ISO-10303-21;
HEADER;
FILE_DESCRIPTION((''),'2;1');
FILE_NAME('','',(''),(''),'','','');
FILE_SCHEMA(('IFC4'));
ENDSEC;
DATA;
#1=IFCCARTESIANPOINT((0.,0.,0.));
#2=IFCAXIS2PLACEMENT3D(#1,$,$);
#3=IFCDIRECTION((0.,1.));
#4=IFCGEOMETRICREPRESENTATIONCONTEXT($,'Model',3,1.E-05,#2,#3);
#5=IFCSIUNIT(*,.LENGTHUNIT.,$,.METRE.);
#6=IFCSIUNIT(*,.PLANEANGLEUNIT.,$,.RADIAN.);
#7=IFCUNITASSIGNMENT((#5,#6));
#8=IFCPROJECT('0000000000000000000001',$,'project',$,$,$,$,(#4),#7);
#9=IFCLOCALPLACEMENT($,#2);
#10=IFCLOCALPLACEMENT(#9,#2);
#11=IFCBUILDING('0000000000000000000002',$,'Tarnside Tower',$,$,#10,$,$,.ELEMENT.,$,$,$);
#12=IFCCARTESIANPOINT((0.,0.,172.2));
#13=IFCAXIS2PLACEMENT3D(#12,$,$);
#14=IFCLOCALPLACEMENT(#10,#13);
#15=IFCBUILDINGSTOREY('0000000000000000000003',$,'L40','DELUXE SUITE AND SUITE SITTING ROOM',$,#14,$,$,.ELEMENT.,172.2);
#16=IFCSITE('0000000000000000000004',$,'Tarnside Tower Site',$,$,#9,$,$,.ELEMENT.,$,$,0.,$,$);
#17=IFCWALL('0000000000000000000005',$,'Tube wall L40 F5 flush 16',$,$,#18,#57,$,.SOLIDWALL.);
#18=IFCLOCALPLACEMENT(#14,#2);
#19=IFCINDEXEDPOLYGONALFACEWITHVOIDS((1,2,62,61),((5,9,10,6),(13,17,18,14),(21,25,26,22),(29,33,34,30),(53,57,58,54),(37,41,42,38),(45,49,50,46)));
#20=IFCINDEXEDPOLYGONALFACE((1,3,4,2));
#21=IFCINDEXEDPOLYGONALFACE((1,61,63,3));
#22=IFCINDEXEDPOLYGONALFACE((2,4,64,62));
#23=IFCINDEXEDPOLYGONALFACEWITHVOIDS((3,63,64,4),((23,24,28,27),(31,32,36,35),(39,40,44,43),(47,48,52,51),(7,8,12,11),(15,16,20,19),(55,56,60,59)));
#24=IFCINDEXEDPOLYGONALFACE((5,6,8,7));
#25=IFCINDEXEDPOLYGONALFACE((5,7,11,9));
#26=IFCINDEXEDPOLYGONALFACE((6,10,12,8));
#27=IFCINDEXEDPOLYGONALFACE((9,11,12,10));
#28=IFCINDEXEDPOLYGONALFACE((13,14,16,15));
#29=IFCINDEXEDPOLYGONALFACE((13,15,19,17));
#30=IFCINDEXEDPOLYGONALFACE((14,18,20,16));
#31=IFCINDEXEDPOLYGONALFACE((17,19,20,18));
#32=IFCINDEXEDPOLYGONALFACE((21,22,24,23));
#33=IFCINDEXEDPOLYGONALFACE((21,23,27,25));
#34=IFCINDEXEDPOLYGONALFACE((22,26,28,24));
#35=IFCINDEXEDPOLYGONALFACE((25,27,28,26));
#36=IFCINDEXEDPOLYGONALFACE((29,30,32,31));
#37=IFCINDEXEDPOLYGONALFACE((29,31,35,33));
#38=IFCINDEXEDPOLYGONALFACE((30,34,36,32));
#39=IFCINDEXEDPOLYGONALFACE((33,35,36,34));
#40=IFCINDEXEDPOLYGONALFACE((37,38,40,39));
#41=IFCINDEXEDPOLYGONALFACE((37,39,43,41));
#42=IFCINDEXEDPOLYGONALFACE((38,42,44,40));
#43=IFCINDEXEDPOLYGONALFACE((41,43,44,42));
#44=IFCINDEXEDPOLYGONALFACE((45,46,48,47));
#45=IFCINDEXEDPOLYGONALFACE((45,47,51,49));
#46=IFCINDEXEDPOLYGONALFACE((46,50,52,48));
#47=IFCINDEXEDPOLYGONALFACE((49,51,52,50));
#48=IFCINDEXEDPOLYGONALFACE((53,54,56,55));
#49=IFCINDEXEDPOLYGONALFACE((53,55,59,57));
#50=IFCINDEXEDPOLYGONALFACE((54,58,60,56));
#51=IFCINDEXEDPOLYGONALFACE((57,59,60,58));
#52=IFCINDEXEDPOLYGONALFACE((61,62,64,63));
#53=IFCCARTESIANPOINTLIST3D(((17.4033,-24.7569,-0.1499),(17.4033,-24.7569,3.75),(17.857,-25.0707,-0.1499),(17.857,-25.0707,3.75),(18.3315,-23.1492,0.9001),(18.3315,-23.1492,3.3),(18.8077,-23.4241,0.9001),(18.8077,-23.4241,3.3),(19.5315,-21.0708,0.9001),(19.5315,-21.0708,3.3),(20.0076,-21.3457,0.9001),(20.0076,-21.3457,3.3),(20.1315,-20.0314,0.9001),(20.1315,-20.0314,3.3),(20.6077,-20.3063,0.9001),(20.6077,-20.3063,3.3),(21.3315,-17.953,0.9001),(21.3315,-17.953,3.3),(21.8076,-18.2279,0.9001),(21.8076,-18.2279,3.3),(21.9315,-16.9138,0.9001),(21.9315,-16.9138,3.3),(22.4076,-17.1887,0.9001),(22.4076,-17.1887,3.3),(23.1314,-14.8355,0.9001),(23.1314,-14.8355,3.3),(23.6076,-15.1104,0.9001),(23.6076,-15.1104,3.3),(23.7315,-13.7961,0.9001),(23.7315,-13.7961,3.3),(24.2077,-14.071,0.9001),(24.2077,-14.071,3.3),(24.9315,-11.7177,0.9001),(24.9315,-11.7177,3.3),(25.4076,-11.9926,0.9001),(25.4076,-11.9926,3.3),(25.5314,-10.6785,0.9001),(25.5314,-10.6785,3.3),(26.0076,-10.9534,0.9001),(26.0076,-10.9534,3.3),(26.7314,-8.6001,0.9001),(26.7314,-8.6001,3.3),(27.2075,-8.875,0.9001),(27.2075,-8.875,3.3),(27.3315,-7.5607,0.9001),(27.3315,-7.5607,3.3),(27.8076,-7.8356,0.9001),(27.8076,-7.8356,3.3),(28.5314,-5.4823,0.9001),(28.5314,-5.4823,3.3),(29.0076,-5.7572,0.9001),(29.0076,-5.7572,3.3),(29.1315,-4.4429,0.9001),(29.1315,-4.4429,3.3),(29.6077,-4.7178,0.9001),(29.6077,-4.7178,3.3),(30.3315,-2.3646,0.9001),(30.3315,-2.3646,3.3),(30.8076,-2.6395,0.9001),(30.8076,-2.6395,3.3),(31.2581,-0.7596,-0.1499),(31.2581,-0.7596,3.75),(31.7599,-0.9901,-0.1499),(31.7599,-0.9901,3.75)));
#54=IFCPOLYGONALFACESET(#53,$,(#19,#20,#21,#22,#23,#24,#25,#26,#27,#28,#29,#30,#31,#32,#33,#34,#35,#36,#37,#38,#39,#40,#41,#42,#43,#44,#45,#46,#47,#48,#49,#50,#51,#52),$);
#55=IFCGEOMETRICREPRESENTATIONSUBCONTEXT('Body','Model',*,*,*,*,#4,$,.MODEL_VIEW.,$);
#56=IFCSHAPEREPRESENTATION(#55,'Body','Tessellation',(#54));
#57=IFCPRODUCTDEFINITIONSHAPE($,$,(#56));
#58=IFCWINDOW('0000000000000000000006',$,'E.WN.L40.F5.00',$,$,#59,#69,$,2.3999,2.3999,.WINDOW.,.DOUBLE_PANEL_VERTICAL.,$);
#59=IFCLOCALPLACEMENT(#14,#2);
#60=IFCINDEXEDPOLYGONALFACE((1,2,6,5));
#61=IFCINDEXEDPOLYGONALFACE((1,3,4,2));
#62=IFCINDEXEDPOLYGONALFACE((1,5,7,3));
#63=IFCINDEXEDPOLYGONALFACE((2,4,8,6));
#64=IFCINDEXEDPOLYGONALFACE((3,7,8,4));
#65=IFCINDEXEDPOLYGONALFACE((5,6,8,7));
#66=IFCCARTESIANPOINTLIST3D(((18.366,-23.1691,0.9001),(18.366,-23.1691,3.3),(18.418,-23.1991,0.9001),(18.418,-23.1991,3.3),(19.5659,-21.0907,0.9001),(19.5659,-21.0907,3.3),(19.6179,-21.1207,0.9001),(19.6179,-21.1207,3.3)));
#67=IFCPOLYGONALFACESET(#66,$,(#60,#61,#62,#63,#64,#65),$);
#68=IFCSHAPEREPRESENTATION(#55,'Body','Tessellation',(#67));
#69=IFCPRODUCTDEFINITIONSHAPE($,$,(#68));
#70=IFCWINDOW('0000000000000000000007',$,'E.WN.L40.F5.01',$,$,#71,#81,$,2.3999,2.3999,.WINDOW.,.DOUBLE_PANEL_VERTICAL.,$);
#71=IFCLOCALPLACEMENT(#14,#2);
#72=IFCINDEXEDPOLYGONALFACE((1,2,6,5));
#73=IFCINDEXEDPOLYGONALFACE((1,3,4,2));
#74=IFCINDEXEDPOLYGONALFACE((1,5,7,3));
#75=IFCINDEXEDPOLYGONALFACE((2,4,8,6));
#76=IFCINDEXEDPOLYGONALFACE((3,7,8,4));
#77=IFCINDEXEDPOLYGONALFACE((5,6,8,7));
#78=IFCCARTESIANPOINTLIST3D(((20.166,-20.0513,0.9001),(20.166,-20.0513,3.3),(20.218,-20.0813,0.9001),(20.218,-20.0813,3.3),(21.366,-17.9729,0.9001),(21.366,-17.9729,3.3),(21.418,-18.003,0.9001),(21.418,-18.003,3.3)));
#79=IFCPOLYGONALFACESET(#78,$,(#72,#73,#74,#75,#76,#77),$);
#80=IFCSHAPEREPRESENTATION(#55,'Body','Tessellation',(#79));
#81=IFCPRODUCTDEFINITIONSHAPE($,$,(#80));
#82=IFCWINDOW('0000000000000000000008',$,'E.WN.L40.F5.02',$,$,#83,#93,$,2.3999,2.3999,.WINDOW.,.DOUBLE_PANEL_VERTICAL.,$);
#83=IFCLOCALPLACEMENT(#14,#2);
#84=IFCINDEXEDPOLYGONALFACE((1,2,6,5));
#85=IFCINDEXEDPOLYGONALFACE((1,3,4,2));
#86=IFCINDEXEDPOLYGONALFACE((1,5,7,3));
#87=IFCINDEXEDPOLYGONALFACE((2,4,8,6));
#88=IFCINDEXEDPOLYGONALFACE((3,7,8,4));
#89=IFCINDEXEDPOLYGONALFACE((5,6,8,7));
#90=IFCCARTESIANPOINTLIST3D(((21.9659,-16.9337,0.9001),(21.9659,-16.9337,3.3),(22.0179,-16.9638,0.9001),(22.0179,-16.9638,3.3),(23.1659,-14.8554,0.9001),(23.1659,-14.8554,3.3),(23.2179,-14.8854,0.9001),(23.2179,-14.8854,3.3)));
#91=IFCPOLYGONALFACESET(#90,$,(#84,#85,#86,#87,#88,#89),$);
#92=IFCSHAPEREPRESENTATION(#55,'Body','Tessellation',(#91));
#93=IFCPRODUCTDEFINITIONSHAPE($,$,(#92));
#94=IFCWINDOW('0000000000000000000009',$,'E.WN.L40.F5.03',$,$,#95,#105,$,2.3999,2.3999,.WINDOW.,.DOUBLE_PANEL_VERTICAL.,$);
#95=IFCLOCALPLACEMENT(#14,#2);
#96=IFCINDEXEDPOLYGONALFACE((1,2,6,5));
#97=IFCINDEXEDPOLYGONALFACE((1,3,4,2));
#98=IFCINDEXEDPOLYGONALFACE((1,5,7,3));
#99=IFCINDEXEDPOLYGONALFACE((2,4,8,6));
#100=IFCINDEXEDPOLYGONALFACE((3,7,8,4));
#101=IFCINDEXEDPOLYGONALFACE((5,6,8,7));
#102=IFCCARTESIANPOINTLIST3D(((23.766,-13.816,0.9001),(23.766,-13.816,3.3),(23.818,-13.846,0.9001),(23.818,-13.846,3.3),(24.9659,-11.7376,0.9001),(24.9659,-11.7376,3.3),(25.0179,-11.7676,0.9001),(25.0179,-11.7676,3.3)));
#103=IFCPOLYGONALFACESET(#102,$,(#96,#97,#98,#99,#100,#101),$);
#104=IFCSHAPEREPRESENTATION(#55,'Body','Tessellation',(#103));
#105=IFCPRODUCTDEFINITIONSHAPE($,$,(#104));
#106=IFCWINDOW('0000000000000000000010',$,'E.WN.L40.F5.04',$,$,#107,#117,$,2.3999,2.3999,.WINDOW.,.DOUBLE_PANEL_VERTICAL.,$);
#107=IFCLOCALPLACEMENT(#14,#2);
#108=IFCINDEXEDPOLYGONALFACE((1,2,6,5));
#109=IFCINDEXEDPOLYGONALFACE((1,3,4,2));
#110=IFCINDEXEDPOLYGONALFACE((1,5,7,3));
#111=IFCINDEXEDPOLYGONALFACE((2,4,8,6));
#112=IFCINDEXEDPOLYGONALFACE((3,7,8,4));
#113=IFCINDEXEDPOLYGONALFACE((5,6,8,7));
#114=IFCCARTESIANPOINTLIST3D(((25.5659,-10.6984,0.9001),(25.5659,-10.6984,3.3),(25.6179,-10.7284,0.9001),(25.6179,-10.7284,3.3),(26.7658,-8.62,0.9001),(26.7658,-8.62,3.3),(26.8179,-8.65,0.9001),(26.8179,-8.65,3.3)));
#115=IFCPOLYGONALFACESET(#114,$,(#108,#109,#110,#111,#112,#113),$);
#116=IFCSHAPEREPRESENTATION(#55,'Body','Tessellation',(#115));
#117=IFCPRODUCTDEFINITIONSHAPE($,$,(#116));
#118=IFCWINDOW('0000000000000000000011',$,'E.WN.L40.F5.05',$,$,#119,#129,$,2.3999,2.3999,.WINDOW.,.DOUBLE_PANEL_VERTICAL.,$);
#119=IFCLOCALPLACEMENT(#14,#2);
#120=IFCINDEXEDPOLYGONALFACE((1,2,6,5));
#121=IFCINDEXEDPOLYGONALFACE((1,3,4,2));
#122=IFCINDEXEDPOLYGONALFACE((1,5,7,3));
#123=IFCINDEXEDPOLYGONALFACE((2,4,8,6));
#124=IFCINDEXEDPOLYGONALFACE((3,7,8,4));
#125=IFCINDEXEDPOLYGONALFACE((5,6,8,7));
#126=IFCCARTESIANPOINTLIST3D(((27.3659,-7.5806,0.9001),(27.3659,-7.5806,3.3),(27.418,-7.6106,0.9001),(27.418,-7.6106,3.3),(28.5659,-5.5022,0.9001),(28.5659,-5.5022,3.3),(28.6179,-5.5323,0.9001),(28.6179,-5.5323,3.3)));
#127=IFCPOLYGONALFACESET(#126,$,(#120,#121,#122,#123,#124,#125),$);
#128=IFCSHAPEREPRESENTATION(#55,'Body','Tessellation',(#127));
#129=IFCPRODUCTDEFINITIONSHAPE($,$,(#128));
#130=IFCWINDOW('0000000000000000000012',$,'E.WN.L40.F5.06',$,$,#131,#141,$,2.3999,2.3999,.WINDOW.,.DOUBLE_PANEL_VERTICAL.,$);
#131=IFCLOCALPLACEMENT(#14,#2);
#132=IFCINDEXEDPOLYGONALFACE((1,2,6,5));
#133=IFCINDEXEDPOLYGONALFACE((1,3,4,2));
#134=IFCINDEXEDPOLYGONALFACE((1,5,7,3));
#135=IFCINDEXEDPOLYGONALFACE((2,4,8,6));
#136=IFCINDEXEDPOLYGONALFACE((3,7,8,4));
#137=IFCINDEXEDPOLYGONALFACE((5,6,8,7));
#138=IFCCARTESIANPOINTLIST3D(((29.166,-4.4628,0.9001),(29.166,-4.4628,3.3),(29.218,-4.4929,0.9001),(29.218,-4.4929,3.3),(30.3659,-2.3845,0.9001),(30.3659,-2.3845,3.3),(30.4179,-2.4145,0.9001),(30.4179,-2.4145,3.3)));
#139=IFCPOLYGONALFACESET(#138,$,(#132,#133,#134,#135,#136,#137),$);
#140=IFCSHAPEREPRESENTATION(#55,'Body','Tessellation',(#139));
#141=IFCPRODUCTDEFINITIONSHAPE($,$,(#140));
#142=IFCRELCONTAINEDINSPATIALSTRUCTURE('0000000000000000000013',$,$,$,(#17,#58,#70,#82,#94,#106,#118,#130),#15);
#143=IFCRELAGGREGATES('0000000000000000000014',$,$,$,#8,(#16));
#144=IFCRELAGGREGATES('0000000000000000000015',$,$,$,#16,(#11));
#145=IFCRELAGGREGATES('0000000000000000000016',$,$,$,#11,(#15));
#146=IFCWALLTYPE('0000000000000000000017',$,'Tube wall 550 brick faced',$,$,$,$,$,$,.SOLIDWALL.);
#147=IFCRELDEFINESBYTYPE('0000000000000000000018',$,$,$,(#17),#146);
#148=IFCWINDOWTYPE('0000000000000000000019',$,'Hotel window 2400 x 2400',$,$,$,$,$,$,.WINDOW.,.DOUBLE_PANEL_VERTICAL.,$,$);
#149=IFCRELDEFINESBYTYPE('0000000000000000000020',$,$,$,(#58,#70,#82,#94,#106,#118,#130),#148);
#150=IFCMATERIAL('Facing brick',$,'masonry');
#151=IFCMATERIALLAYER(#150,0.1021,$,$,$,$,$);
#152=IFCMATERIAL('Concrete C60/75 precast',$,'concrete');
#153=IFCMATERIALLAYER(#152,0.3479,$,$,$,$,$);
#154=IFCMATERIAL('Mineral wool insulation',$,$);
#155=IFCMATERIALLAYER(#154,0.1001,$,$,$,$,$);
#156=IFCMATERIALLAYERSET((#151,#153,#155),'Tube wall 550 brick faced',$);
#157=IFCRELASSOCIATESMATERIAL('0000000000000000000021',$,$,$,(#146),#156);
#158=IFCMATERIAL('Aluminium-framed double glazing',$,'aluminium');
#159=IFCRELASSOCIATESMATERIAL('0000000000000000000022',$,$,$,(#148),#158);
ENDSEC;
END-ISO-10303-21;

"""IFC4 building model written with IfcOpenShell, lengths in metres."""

from ifc_helpers import new_model, si_unit, direction, frame, frame_2d, origin, place, context, subcontext, project, spatial, polyline, rectangle, outline, extrude, material, layer, layer_set, type_object, element, fill, save


model = new_model("IFC4")

# Units and contexts
model_context = context("Model", 3, precision=1e-05, world=origin(), true_north=direction((0.0, 1.0)))
body_context = subcontext(model_context, "Body", "Model", "MODEL_VIEW")
ifc_project = project(units=[si_unit("LENGTHUNIT", "METRE"), si_unit("PLANEANGLEUNIT", "RADIAN")], contexts=[model_context])

# Site, building, storey
site_placement = place(None, origin())
site = spatial("IfcSite", under=ifc_project, at=site_placement, Name="Tarnside Tower Site", CompositionType="ELEMENT", RefElevation=0.0)
building_placement = place(site_placement, origin())
building = spatial("IfcBuilding", under=site, at=building_placement, Name="Tarnside Tower", CompositionType="ELEMENT")
storey_placement = place(building_placement, frame((0.0, 0.0, 172.2)))
storey = spatial("IfcBuildingStorey", under=building, at=storey_placement, Name="L40", Description="DELUXE SUITE AND SUITE SITTING ROOM", CompositionType="ELEMENT", Elevation=172.2)

# Shared definitions
ifc_material_1 = material(Name="Facing brick", Category="masonry")
ifc_layer_1 = layer(ifc_material_1, 0.1021)
ifc_material_2 = material(Name="Concrete C60/75 precast", Category="concrete")
ifc_layer_2 = layer(ifc_material_2, 0.3479)
ifc_material_3 = material(Name="Mineral wool insulation")
ifc_layer_3 = layer(ifc_material_3, 0.1001)
ifc_layer_set_1 = layer_set([ifc_layer_1, ifc_layer_2, ifc_layer_3], Name="Tube wall 550 brick faced")
wall_type_1 = type_object("IfcWallType", Name="Tube wall 550 brick faced", PredefinedType="SOLIDWALL", material=ifc_layer_set_1)

# Wall, openings, windows
wall_1_placement = place(storey_placement, frame((17.6301, -24.9138, -0.1499), z_axis=(0.0, 0.0, 1.0), x_axis=(0.499999, 0.866026, 0.0)))
wall_1 = element("IfcWall", 1, at=wall_1_placement, inside=storey, type_object=wall_type_1, Name="Tube wall L40 F5 flush 16", PredefinedType="SOLIDWALL", context=body_context, shape_type="SweptSolid", body=[
    extrude(outline(polyline([(-0.0225, -0.2749), (27.7834, -0.2749), (27.7322, 0.2749), (0.0225, 0.2749), (-0.0225, -0.2749)])), origin(), (0.0, 0.0, 1.0), 3.8999),
])
opening_1_placement = place(wall_1_placement, frame((1.8789, 0.0, 1.05)))
opening_1 = element("IfcOpeningElement", 2, at=opening_1_placement, cuts=wall_1, PredefinedType="OPENING", context=body_context, shape_type="SweptSolid", body=[
    extrude(rectangle(XDim=2.3999, YDim=2.3999, at=frame_2d((1.2, 1.2))), frame((0.0, 0.2852, 0.0), z_axis=(0.0, -1.0, 0.0), x_axis=(1.0, 0.0, 0.0)), (0.0, 0.0, 1.0), 0.5701),
])
opening_2_placement = place(wall_1_placement, frame((5.479, 0.0, 1.05)))
opening_2 = element("IfcOpeningElement", 3, at=opening_2_placement, cuts=wall_1, PredefinedType="OPENING", context=body_context, shape_type="SweptSolid", body=[
    extrude(rectangle(XDim=2.3999, YDim=2.3999, at=frame_2d((1.2, 1.2))), frame((0.0, 0.2852, 0.0), z_axis=(0.0, -1.0, 0.0), x_axis=(1.0, 0.0, 0.0)), (0.0, 0.0, 1.0), 0.5701),
])
opening_3_placement = place(wall_1_placement, frame((9.0789, 0.0, 1.05)))
opening_3 = element("IfcOpeningElement", 4, at=opening_3_placement, cuts=wall_1, PredefinedType="OPENING", context=body_context, shape_type="SweptSolid", body=[
    extrude(rectangle(XDim=2.3999, YDim=2.3999, at=frame_2d((1.2, 1.2))), frame((0.0, 0.2852, 0.0), z_axis=(0.0, -1.0, 0.0), x_axis=(1.0, 0.0, 0.0)), (0.0, 0.0, 1.0), 0.5701),
])
opening_4_placement = place(wall_1_placement, frame((12.679, 0.0, 1.05)))
opening_4 = element("IfcOpeningElement", 5, at=opening_4_placement, cuts=wall_1, PredefinedType="OPENING", context=body_context, shape_type="SweptSolid", body=[
    extrude(rectangle(XDim=2.3999, YDim=2.3999, at=frame_2d((1.2, 1.2))), frame((0.0, 0.2852, 0.0), z_axis=(0.0, -1.0, 0.0), x_axis=(1.0, 0.0, 0.0)), (0.0, 0.0, 1.0), 0.5701),
])
opening_5_placement = place(wall_1_placement, frame((16.2788, 0.0, 1.05)))
opening_5 = element("IfcOpeningElement", 6, at=opening_5_placement, cuts=wall_1, PredefinedType="OPENING", context=body_context, shape_type="SweptSolid", body=[
    extrude(rectangle(XDim=2.3999, YDim=2.3999, at=frame_2d((1.2, 1.2))), frame((0.0, 0.2852, 0.0), z_axis=(0.0, -1.0, 0.0), x_axis=(1.0, 0.0, 0.0)), (0.0, 0.0, 1.0), 0.5701),
])
opening_6_placement = place(wall_1_placement, frame((19.8789, 0.0, 1.05)))
opening_6 = element("IfcOpeningElement", 7, at=opening_6_placement, cuts=wall_1, PredefinedType="OPENING", context=body_context, shape_type="SweptSolid", body=[
    extrude(rectangle(XDim=2.3999, YDim=2.3999, at=frame_2d((1.2, 1.2))), frame((0.0, 0.2852, 0.0), z_axis=(0.0, -1.0, 0.0), x_axis=(1.0, 0.0, 0.0)), (0.0, 0.0, 1.0), 0.5701),
])
opening_7_placement = place(wall_1_placement, frame((23.479, 0.0, 1.05)))
opening_7 = element("IfcOpeningElement", 8, at=opening_7_placement, cuts=wall_1, PredefinedType="OPENING", context=body_context, shape_type="SweptSolid", body=[
    extrude(rectangle(XDim=2.3999, YDim=2.3999, at=frame_2d((1.2, 1.2))), frame((0.0, 0.2852, 0.0), z_axis=(0.0, -1.0, 0.0), x_axis=(1.0, 0.0, 0.0)), (0.0, 0.0, 1.0), 0.5701),
])
ifc_material_4 = material(Name="Aluminium-framed double glazing", Category="aluminium")
window_type = type_object("IfcWindowType", Name="Hotel window 2400 x 2400", PartitioningType="DOUBLE_PANEL_VERTICAL", PredefinedType="WINDOW", material=ifc_material_4)
window_1_placement = place(opening_1_placement, frame((0.0, 0.2051, 0.0)))
window_1 = element("IfcWindow", 9, at=window_1_placement, inside=storey, type_object=window_type, Name="E.WN.L40.F5.00", OverallHeight=2.3999, OverallWidth=2.3999, PartitioningType="DOUBLE_PANEL_VERTICAL", PredefinedType="WINDOW", context=body_context, shape_type="SweptSolid", body=[
    extrude(rectangle(XDim=2.3999, YDim=2.3999, at=frame_2d((1.2, 1.2))), frame((0.0, 0.03, 0.0), z_axis=(0.0, -1.0, 0.0), x_axis=(1.0, 0.0, 0.0)), (0.0, 0.0, 1.0), 0.0601),
])
fill(opening_1, window_1)
window_2_placement = place(opening_2_placement, frame((0.0, 0.2051, 0.0)))
window_2 = element("IfcWindow", 10, at=window_2_placement, inside=storey, type_object=window_type, Name="E.WN.L40.F5.01", OverallHeight=2.3999, OverallWidth=2.3999, PartitioningType="DOUBLE_PANEL_VERTICAL", PredefinedType="WINDOW", context=body_context, shape_type="SweptSolid", body=[
    extrude(rectangle(XDim=2.3999, YDim=2.3999, at=frame_2d((1.2, 1.2))), frame((0.0, 0.03, 0.0), z_axis=(0.0, -1.0, 0.0), x_axis=(1.0, 0.0, 0.0)), (0.0, 0.0, 1.0), 0.0601),
])
fill(opening_2, window_2)
window_3_placement = place(opening_3_placement, frame((0.0, 0.2051, 0.0)))
window_3 = element("IfcWindow", 11, at=window_3_placement, inside=storey, type_object=window_type, Name="E.WN.L40.F5.02", OverallHeight=2.3999, OverallWidth=2.3999, PartitioningType="DOUBLE_PANEL_VERTICAL", PredefinedType="WINDOW", context=body_context, shape_type="SweptSolid", body=[
    extrude(rectangle(XDim=2.3999, YDim=2.3999, at=frame_2d((1.2, 1.2))), frame((0.0, 0.03, 0.0), z_axis=(0.0, -1.0, 0.0), x_axis=(1.0, 0.0, 0.0)), (0.0, 0.0, 1.0), 0.0601),
])
fill(opening_3, window_3)
window_4_placement = place(opening_4_placement, frame((0.0, 0.2051, 0.0)))
window_4 = element("IfcWindow", 12, at=window_4_placement, inside=storey, type_object=window_type, Name="E.WN.L40.F5.03", OverallHeight=2.3999, OverallWidth=2.3999, PartitioningType="DOUBLE_PANEL_VERTICAL", PredefinedType="WINDOW", context=body_context, shape_type="SweptSolid", body=[
    extrude(rectangle(XDim=2.3999, YDim=2.3999, at=frame_2d((1.2, 1.2))), frame((0.0, 0.03, 0.0), z_axis=(0.0, -1.0, 0.0), x_axis=(1.0, 0.0, 0.0)), (0.0, 0.0, 1.0), 0.0601),
])
fill(opening_4, window_4)
window_5_placement = place(opening_5_placement, frame((0.0, 0.2051, 0.0)))
window_5 = element("IfcWindow", 13, at=window_5_placement, inside=storey, type_object=window_type, Name="E.WN.L40.F5.04", OverallHeight=2.3999, OverallWidth=2.3999, PartitioningType="DOUBLE_PANEL_VERTICAL", PredefinedType="WINDOW", context=body_context, shape_type="SweptSolid", body=[
    extrude(rectangle(XDim=2.3999, YDim=2.3999, at=frame_2d((1.2, 1.2))), frame((0.0, 0.03, 0.0), z_axis=(0.0, -1.0, 0.0), x_axis=(1.0, 0.0, 0.0)), (0.0, 0.0, 1.0), 0.0601),
])
fill(opening_5, window_5)
window_6_placement = place(opening_6_placement, frame((0.0, 0.2051, 0.0)))
window_6 = element("IfcWindow", 14, at=window_6_placement, inside=storey, type_object=window_type, Name="E.WN.L40.F5.05", OverallHeight=2.3999, OverallWidth=2.3999, PartitioningType="DOUBLE_PANEL_VERTICAL", PredefinedType="WINDOW", context=body_context, shape_type="SweptSolid", body=[
    extrude(rectangle(XDim=2.3999, YDim=2.3999, at=frame_2d((1.2, 1.2))), frame((0.0, 0.03, 0.0), z_axis=(0.0, -1.0, 0.0), x_axis=(1.0, 0.0, 0.0)), (0.0, 0.0, 1.0), 0.0601),
])
fill(opening_6, window_6)
window_7_placement = place(opening_7_placement, frame((0.0, 0.2051, 0.0)))
window_7 = element("IfcWindow", 15, at=window_7_placement, inside=storey, type_object=window_type, Name="E.WN.L40.F5.06", OverallHeight=2.3999, OverallWidth=2.3999, PartitioningType="DOUBLE_PANEL_VERTICAL", PredefinedType="WINDOW", context=body_context, shape_type="SweptSolid", body=[
    extrude(rectangle(XDim=2.3999, YDim=2.3999, at=frame_2d((1.2, 1.2))), frame((0.0, 0.03, 0.0), z_axis=(0.0, -1.0, 0.0), x_axis=(1.0, 0.0, 0.0)), (0.0, 0.0, 1.0), 0.0601),
])
fill(opening_7, window_7)

save(model, "model.ifc")
